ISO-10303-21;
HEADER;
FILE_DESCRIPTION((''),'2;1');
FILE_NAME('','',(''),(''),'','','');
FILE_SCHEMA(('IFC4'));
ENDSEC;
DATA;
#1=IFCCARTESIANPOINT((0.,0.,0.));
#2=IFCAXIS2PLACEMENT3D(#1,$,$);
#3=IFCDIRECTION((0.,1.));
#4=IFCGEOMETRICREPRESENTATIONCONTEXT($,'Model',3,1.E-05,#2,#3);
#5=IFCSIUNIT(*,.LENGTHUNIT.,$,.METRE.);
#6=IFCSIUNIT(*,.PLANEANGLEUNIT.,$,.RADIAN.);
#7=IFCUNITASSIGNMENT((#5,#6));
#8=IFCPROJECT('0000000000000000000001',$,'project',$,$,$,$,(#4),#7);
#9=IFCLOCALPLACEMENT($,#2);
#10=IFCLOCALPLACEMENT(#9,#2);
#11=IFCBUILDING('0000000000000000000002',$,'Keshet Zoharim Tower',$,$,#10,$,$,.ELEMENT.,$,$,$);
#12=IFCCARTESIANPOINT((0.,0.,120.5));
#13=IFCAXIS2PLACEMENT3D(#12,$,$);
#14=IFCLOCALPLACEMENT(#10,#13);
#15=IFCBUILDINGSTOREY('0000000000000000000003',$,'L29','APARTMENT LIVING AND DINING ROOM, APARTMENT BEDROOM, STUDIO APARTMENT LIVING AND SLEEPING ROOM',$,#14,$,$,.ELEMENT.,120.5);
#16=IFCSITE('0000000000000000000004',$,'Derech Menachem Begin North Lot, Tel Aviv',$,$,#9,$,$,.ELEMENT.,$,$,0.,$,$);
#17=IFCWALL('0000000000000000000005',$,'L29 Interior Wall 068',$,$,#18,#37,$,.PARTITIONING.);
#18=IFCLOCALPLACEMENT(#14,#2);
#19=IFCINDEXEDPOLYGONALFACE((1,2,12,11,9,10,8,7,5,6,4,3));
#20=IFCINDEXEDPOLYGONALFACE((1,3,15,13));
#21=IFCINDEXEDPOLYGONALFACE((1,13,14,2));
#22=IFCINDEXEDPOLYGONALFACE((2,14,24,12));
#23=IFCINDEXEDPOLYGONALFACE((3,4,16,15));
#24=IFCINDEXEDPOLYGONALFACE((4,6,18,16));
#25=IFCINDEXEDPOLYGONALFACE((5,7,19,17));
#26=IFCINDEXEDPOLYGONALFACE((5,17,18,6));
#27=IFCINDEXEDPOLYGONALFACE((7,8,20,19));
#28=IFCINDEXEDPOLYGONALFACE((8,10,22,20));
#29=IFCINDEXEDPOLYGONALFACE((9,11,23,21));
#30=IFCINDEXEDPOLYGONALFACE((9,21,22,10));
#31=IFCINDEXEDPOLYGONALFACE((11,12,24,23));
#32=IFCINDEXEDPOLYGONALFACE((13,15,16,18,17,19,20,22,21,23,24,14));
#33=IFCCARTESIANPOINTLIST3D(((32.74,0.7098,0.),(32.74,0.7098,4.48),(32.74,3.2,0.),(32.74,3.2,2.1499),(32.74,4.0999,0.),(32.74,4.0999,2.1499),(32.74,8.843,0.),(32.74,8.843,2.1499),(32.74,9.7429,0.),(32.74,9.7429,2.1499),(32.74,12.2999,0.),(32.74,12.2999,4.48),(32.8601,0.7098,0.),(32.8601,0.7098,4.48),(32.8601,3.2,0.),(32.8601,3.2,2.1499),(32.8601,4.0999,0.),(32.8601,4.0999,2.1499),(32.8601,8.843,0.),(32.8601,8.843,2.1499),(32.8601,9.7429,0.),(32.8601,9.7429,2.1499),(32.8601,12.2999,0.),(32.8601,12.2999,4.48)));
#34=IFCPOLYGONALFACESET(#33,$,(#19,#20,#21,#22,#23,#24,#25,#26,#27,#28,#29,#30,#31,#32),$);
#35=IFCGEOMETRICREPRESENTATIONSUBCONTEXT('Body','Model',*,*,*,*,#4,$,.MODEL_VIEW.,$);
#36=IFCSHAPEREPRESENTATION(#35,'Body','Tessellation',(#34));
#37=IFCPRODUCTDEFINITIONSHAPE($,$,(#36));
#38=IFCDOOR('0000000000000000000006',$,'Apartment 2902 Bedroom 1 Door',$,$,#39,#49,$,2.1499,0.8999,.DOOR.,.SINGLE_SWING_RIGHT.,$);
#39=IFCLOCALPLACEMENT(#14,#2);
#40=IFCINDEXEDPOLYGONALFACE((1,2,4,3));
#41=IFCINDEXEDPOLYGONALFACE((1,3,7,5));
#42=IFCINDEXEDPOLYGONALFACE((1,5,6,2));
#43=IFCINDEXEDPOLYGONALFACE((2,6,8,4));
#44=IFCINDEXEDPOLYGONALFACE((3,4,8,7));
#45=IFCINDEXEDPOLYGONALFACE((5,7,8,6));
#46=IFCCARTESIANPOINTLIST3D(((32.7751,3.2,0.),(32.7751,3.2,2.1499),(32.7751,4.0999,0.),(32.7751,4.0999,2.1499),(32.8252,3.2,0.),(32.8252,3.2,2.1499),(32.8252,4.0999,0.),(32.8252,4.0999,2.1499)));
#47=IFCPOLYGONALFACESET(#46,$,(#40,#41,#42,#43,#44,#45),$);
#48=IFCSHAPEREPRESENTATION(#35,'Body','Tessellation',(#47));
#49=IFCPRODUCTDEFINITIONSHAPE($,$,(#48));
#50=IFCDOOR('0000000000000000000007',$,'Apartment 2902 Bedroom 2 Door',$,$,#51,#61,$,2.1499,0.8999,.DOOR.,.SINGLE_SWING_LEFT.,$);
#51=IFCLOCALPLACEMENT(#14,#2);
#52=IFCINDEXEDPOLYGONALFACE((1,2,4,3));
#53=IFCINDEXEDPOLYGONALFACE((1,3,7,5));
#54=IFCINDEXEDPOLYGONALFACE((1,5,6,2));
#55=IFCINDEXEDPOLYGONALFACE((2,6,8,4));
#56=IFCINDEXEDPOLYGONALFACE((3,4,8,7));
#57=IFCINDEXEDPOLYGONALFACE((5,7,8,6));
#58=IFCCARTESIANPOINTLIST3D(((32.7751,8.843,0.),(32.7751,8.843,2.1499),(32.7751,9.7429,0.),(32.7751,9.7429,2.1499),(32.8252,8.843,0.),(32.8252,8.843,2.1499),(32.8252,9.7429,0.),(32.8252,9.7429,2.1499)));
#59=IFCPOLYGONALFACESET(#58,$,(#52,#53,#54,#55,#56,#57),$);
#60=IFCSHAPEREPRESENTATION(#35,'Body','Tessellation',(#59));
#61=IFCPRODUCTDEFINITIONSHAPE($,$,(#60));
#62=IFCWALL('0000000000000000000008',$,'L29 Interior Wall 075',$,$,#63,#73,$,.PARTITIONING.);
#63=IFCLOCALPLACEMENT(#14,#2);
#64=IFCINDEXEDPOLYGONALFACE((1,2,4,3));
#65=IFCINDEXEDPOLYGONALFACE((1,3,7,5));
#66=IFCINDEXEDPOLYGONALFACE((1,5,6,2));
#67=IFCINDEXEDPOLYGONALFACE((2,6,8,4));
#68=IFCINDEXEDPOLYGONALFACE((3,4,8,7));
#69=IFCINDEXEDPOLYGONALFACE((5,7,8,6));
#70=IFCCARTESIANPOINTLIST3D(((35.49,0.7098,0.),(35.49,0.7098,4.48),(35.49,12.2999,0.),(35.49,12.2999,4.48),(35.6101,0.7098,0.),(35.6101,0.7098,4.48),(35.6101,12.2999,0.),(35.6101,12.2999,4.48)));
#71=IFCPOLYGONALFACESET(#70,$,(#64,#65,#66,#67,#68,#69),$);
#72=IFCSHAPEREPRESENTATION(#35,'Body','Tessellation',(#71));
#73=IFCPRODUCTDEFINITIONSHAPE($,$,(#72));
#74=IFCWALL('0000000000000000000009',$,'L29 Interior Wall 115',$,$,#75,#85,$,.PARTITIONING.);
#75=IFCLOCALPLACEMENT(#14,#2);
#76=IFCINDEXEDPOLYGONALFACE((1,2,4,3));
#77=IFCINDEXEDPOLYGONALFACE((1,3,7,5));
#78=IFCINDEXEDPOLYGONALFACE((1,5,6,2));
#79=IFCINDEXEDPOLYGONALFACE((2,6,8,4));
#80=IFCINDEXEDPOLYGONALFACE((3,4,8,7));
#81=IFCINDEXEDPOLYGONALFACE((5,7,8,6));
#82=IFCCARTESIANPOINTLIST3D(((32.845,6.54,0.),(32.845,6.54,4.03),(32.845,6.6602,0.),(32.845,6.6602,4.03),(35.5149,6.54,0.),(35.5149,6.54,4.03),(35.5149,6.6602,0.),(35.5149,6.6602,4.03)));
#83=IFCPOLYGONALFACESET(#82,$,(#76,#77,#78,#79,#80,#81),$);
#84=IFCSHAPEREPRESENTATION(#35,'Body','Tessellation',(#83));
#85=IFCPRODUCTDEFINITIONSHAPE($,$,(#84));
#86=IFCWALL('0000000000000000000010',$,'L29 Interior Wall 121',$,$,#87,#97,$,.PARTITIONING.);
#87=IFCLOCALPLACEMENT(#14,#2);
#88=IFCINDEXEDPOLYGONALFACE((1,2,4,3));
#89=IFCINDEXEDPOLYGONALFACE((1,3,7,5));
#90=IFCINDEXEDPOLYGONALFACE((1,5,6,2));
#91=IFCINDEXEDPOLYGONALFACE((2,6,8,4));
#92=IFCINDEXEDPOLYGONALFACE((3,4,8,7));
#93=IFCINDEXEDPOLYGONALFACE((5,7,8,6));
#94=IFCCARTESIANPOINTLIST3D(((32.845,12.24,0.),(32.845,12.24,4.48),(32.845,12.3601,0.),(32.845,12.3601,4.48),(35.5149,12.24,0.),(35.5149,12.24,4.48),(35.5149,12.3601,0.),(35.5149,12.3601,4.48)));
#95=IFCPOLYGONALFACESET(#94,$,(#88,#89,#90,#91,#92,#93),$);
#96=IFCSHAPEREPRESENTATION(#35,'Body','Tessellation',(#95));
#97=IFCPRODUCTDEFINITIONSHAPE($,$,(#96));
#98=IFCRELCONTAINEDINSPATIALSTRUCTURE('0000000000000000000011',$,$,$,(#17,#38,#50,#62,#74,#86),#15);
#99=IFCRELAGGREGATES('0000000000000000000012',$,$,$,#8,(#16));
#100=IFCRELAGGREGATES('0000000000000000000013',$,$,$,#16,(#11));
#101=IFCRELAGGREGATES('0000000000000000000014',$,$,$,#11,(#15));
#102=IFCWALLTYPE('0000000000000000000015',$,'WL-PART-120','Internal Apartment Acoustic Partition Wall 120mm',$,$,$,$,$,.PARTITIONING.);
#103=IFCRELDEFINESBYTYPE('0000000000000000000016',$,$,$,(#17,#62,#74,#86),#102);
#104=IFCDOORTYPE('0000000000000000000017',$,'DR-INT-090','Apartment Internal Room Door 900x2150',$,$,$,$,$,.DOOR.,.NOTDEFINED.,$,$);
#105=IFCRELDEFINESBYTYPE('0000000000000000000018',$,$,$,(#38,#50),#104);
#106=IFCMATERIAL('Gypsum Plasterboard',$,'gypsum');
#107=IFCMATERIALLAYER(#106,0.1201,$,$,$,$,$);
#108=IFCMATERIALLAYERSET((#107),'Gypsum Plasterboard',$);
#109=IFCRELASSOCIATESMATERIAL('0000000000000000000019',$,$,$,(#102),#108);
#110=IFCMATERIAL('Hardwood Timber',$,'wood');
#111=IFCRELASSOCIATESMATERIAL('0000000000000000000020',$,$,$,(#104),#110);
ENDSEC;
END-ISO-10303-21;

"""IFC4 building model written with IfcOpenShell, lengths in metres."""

from ifc_helpers import new_model, si_unit, direction, frame, frame_2d, origin, place, context, subcontext, project, spatial, rectangle, extrude, material, layer, layer_set, type_object, element, fill, save


model = new_model("IFC4")

# Units and contexts
model_context = context("Model", 3, precision=1e-05, world=origin(), true_north=direction((0.0, 1.0)))
body_context = subcontext(model_context, "Body", "Model", "MODEL_VIEW")
ifc_project = project(units=[si_unit("LENGTHUNIT", "METRE"), si_unit("PLANEANGLEUNIT", "RADIAN")], contexts=[model_context])

# Site, building, storey
site_placement = place(None, origin())
site = spatial("IfcSite", under=ifc_project, at=site_placement, Name="Derech Menachem Begin North Lot, Tel Aviv", CompositionType="ELEMENT", RefElevation=0.0)
building_placement = place(site_placement, origin())
building = spatial("IfcBuilding", under=site, at=building_placement, Name="Keshet Zoharim Tower", CompositionType="ELEMENT")
storey_placement = place(building_placement, frame((0.0, 0.0, 120.5)))
storey = spatial("IfcBuildingStorey", under=building, at=storey_placement, Name="L29", Description="APARTMENT LIVING AND DINING ROOM, APARTMENT BEDROOM, STUDIO APARTMENT LIVING AND SLEEPING ROOM", CompositionType="ELEMENT", Elevation=120.5)

# Shared definitions
ifc_material_1 = material(Name="Gypsum Plasterboard", Category="gypsum")
ifc_layer_1 = layer(ifc_material_1, 0.1201)
ifc_layer_set_1 = layer_set([ifc_layer_1], Name="Gypsum Plasterboard")
wall_type = type_object("IfcWallType", Name="WL-PART-120", Description="Internal Apartment Acoustic Partition Wall 120mm", PredefinedType="PARTITIONING", material=ifc_layer_set_1)

# Wall, openings, doors
wall_1_placement = place(storey_placement, frame((32.8, 0.71, 0.0), z_axis=(0.0, 0.0, 1.0), x_axis=(0.0, 1.0, 0.0)))
wall_1 = element("IfcWall", 1, at=wall_1_placement, inside=storey, type_object=wall_type, Name="L29 Interior Wall 068", PredefinedType="PARTITIONING", context=body_context, shape_type="SweptSolid", body=[
    extrude(rectangle(XDim=11.5901, YDim=0.1201, at=frame_2d((5.7949, 0.0))), origin(), (0.0, 0.0, 1.0), 4.48),
])
opening_1_placement = place(wall_1_placement, frame((2.49, 0.0, 0.0)))
opening_1 = element("IfcOpeningElement", 2, at=opening_1_placement, cuts=wall_1, PredefinedType="OPENING", context=body_context, shape_type="SweptSolid", body=[
    extrude(rectangle(XDim=0.8999, YDim=2.1499, at=frame_2d((0.45, 1.075))), frame((0.0, 0.0701, 0.0), z_axis=(0.0, -1.0, 0.0), x_axis=(1.0, 0.0, 0.0)), (0.0, 0.0, 1.0), 0.1401),
])
opening_2_placement = place(wall_1_placement, frame((8.1331, 0.0, 0.0)))
opening_2 = element("IfcOpeningElement", 3, at=opening_2_placement, cuts=wall_1, PredefinedType="OPENING", context=body_context, shape_type="SweptSolid", body=[
    extrude(rectangle(XDim=0.8999, YDim=2.1499, at=frame_2d((0.45, 1.075))), frame((0.0, 0.0701, 0.0), z_axis=(0.0, -1.0, 0.0), x_axis=(1.0, 0.0, 0.0)), (0.0, 0.0, 1.0), 0.1401),
])
ifc_material_2 = material(Name="Hardwood Timber", Category="wood")
door_type = type_object("IfcDoorType", Name="DR-INT-090", Description="Apartment Internal Room Door 900x2150", OperationType="NOTDEFINED", PredefinedType="DOOR", material=ifc_material_2)
door_1_placement = place(opening_1_placement, origin())
door_1 = element("IfcDoor", 4, at=door_1_placement, inside=storey, type_object=door_type, Name="Apartment 2902 Bedroom 1 Door", OperationType="SINGLE_SWING_RIGHT", OverallHeight=2.1499, OverallWidth=0.8999, PredefinedType="DOOR", context=body_context, shape_type="SweptSolid", body=[
    extrude(rectangle(XDim=0.8999, YDim=2.1499, at=frame_2d((0.45, 1.075))), frame((0.0, 0.0249, 0.0), z_axis=(0.0, -1.0, 0.0), x_axis=(1.0, 0.0, 0.0)), (0.0, 0.0, 1.0), 0.05),
])
fill(opening_1, door_1)
door_2_placement = place(opening_2_placement, origin())
door_2 = element("IfcDoor", 5, at=door_2_placement, inside=storey, type_object=door_type, Name="Apartment 2902 Bedroom 2 Door", OperationType="SINGLE_SWING_LEFT", OverallHeight=2.1499, OverallWidth=0.8999, PredefinedType="DOOR", context=body_context, shape_type="SweptSolid", body=[
    extrude(rectangle(XDim=0.8999, YDim=2.1499, at=frame_2d((0.45, 1.075))), frame((0.0, 0.0249, 0.0), z_axis=(0.0, -1.0, 0.0), x_axis=(1.0, 0.0, 0.0)), (0.0, 0.0, 1.0), 0.05),
])
fill(opening_2, door_2)

# Walls
wall_2_placement = place(storey_placement, frame((35.55, 0.71, 0.0), z_axis=(0.0, 0.0, 1.0), x_axis=(0.0, 1.0, 0.0)))
element("IfcWall", 6, at=wall_2_placement, inside=storey, type_object=wall_type, Name="L29 Interior Wall 075", PredefinedType="PARTITIONING", context=body_context, shape_type="SweptSolid", body=[
    extrude(rectangle(XDim=11.5901, YDim=0.1201, at=frame_2d((5.7949, 0.0))), origin(), (0.0, 0.0, 1.0), 4.48),
])
wall_3_placement = place(storey_placement, frame((32.845, 6.6001, 0.0), z_axis=(0.0, 0.0, 1.0), x_axis=(1.0, 0.0, 0.0)))
element("IfcWall", 7, at=wall_3_placement, inside=storey, type_object=wall_type, Name="L29 Interior Wall 115", PredefinedType="PARTITIONING", context=body_context, shape_type="SweptSolid", body=[
    extrude(rectangle(XDim=2.6699, YDim=0.1201, at=frame_2d((1.335, 0.0))), origin(), (0.0, 0.0, 1.0), 4.03),
])
wall_4_placement = place(storey_placement, frame((32.845, 12.3, 0.0), z_axis=(0.0, 0.0, 1.0), x_axis=(1.0, 0.0, 0.0)))
element("IfcWall", 8, at=wall_4_placement, inside=storey, type_object=wall_type, Name="L29 Interior Wall 121", PredefinedType="PARTITIONING", context=body_context, shape_type="SweptSolid", body=[
    extrude(rectangle(XDim=2.6699, YDim=0.1201, at=frame_2d((1.335, 0.0))), origin(), (0.0, 0.0, 1.0), 4.48),
])

save(model, "model.ifc")
